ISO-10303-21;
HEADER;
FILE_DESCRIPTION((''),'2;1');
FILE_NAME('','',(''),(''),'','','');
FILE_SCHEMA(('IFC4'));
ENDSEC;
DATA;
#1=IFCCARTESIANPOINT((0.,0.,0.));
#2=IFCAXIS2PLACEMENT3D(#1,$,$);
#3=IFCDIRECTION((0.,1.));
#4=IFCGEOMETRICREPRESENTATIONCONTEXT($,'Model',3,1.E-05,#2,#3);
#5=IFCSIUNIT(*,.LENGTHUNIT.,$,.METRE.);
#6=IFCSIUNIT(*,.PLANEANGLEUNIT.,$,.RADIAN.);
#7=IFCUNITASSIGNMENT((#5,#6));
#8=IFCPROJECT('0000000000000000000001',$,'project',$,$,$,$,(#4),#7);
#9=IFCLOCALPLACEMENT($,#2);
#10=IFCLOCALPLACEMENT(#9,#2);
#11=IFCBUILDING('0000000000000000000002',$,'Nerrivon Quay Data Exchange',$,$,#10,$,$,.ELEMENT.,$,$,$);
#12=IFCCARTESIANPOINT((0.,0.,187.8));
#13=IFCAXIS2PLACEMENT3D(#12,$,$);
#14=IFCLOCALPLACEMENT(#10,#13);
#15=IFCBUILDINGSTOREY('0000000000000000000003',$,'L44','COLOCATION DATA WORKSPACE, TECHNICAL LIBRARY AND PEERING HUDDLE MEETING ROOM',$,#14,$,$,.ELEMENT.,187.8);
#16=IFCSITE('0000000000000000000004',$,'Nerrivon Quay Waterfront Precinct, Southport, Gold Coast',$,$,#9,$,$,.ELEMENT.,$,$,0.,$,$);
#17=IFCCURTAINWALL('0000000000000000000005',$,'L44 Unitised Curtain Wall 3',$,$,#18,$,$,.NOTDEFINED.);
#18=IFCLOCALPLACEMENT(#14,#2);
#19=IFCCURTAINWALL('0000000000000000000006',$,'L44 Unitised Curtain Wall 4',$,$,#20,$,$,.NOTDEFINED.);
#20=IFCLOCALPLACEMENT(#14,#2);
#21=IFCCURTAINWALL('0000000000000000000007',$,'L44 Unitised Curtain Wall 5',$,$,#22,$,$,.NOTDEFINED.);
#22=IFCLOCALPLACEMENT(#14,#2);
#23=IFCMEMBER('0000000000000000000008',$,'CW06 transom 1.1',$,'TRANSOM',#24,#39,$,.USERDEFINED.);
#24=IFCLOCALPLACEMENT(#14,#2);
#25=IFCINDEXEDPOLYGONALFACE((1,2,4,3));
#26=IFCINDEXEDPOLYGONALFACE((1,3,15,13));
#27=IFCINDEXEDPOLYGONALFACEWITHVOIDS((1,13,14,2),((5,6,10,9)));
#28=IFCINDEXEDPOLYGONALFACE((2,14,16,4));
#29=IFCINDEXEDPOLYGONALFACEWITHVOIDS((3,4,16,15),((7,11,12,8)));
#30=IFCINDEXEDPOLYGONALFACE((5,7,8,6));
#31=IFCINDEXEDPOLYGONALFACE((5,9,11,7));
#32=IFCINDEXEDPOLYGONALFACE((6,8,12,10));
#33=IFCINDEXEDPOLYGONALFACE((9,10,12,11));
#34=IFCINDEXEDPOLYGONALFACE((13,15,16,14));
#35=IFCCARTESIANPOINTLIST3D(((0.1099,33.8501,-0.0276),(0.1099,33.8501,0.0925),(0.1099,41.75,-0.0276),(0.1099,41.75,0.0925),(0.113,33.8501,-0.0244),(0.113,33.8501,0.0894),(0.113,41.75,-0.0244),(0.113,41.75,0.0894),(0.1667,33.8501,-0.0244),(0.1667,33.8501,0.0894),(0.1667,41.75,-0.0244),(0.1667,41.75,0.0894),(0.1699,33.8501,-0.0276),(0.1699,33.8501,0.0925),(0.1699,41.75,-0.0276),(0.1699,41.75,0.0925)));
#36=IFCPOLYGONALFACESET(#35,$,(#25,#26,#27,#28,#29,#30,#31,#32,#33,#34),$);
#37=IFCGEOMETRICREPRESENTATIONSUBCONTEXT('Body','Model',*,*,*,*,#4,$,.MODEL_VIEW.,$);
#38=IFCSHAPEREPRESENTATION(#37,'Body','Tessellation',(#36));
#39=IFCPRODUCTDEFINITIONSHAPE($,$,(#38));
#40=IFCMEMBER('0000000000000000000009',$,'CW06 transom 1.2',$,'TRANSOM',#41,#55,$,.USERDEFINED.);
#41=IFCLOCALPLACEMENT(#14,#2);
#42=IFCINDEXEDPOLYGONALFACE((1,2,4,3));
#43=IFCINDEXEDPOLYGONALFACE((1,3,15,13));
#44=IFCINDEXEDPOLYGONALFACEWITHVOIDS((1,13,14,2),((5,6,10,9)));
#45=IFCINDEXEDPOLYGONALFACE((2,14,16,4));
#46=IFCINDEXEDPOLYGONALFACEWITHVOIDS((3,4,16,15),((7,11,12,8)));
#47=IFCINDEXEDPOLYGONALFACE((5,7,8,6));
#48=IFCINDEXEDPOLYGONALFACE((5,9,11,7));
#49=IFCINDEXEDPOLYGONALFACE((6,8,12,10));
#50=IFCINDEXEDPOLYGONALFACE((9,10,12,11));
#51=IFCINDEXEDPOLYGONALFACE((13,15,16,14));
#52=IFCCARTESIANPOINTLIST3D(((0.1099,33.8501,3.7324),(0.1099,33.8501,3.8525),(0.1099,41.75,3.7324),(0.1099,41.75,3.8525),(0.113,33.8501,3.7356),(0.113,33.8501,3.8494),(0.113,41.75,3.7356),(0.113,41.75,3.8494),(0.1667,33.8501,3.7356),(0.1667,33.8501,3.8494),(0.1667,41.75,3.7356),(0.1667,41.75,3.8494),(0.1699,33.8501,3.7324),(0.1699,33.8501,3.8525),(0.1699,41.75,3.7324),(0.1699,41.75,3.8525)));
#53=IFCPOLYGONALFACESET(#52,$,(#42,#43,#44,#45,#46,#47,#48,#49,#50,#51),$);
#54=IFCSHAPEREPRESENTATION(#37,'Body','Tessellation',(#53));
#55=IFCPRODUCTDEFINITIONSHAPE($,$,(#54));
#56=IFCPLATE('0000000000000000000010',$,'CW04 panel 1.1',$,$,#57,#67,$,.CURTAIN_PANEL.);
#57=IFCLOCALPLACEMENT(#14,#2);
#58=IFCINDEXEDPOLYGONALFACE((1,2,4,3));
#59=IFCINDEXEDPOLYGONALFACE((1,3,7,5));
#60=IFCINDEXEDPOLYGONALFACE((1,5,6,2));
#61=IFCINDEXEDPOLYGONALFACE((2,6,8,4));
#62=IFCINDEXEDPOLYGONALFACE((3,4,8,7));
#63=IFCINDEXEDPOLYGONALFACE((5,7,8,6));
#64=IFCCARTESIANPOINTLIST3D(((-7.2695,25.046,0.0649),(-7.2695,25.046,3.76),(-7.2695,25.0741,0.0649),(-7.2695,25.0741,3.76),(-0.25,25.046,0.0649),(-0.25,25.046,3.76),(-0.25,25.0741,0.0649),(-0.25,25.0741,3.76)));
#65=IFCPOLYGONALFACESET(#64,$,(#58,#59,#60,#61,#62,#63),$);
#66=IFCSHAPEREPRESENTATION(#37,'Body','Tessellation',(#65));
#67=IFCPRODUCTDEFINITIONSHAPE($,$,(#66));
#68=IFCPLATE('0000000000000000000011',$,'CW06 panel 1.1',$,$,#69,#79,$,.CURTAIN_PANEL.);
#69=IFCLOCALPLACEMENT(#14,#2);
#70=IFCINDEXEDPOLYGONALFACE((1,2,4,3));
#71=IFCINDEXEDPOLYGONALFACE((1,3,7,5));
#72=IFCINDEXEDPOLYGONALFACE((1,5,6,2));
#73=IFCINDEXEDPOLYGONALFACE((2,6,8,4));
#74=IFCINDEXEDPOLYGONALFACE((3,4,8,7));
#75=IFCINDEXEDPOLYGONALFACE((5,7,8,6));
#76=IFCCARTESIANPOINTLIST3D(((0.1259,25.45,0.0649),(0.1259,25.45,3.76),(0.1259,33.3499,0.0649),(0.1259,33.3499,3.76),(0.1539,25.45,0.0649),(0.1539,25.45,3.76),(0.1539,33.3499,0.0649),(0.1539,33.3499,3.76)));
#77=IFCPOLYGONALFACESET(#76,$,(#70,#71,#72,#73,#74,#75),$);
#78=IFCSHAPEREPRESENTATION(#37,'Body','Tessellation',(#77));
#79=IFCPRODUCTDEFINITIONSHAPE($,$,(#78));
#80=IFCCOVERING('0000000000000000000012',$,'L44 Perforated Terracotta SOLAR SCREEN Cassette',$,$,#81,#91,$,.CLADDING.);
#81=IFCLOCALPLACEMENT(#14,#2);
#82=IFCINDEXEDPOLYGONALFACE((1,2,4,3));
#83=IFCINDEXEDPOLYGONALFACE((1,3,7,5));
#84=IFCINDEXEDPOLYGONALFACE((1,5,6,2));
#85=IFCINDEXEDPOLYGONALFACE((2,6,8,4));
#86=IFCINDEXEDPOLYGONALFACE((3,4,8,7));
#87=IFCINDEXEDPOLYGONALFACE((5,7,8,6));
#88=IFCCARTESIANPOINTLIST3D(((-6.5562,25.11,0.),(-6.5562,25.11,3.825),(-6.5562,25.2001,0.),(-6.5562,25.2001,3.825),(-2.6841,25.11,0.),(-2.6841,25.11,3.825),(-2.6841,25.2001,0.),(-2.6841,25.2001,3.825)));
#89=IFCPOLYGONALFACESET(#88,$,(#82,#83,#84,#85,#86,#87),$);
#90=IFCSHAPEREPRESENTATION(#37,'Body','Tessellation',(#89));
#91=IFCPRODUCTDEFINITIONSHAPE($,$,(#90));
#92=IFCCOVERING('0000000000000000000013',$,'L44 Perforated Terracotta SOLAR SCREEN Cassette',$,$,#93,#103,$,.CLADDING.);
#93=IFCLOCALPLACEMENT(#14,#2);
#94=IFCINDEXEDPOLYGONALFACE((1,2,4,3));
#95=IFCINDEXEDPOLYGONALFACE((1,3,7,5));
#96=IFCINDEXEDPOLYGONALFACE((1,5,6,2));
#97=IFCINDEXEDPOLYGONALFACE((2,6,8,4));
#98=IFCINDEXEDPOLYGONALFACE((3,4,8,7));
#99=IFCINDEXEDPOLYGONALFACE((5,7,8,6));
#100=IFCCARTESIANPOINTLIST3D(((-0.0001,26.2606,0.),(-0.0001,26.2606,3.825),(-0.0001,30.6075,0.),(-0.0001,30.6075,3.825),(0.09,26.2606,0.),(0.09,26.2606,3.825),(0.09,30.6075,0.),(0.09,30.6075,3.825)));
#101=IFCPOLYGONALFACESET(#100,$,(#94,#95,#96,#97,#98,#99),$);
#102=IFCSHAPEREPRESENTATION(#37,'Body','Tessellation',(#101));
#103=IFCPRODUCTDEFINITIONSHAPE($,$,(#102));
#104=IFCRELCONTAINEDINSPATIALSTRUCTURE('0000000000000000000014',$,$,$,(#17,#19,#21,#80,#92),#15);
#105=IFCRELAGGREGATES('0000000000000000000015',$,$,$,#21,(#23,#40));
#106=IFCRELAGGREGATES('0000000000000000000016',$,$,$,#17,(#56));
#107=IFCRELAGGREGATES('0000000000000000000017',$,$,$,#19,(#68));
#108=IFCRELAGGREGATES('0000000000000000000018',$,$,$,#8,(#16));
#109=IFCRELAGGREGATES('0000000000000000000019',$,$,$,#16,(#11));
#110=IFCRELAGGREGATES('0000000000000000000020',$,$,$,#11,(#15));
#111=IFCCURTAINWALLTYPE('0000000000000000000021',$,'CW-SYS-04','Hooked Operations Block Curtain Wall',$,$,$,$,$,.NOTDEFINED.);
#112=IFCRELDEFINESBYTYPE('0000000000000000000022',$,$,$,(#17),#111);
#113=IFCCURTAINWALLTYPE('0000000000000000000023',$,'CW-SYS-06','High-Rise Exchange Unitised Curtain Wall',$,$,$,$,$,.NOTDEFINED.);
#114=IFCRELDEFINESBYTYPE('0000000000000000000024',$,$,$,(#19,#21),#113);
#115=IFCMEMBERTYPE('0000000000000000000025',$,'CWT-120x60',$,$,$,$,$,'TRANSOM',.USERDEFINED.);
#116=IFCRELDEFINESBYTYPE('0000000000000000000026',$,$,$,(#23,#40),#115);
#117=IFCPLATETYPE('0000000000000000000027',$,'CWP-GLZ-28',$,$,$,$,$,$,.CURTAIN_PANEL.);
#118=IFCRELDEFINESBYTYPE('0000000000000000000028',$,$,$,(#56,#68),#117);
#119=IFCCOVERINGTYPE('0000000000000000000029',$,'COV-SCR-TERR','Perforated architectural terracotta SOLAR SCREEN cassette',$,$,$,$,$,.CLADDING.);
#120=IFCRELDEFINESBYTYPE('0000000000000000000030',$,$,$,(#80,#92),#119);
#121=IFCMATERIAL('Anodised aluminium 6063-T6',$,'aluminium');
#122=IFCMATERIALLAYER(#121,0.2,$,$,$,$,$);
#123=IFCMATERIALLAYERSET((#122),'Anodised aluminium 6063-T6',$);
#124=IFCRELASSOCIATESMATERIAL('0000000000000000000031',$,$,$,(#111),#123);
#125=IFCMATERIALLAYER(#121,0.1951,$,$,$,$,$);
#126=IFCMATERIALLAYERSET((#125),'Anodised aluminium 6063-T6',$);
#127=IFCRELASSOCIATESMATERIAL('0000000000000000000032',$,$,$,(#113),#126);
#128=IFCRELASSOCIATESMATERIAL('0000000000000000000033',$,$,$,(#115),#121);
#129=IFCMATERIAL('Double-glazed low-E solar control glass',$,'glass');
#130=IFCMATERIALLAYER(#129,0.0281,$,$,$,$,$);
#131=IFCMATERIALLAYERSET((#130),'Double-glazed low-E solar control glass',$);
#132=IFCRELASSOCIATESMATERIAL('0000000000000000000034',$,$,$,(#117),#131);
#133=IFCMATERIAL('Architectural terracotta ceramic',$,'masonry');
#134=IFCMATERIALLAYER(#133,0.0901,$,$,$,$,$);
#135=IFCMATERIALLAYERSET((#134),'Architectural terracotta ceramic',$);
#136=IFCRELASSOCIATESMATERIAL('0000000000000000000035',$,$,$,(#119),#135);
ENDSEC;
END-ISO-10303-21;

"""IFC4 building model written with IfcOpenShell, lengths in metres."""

from ifc_helpers import new_model, si_unit, direction, frame, origin, origin_2d, place, context, subcontext, project, spatial, rectangle, hollow_rectangle, extrude, material, layer, layer_set, material_profile, profile_set, type_object, element, aggregate, save


model = new_model("IFC4")

# Units and contexts
model_context = context("Model", 3, precision=1e-05, world=origin(), true_north=direction((0.0, 1.0)))
body_context = subcontext(model_context, "Body", "Model", "MODEL_VIEW")
ifc_project = project(units=[si_unit("LENGTHUNIT", "METRE"), si_unit("PLANEANGLEUNIT", "RADIAN")], contexts=[model_context])

# Site, building, storey
site_placement = place(None, origin())
site = spatial("IfcSite", under=ifc_project, at=site_placement, Name="Nerrivon Quay Waterfront Precinct, Southport, Gold Coast", CompositionType="ELEMENT", RefElevation=0.0)
building_placement = place(site_placement, origin())
building = spatial("IfcBuilding", under=site, at=building_placement, Name="Nerrivon Quay Data Exchange", CompositionType="ELEMENT")
storey_placement = place(building_placement, frame((0.0, 0.0, 187.8)))
storey = spatial("IfcBuildingStorey", under=building, at=storey_placement, Name="L44", Description="COLOCATION DATA WORKSPACE, TECHNICAL LIBRARY AND PEERING HUDDLE MEETING ROOM", CompositionType="ELEMENT", Elevation=187.8)

# Curtain wall
ifc_material_1 = material(Name="Anodised aluminium 6063-T6", Category="aluminium")
ifc_layer_1 = layer(ifc_material_1, 0.2)
ifc_layer_set_1 = layer_set([ifc_layer_1], Name="Anodised aluminium 6063-T6")
curtain_wall_type_1 = type_object("IfcCurtainWallType", Name="CW-SYS-04", Description="Hooked Operations Block Curtain Wall", PredefinedType="NOTDEFINED", material=ifc_layer_set_1)
curtain_wall_1_placement = place(storey_placement, origin())
curtain_wall_1 = element("IfcCurtainWall", 1, at=curtain_wall_1_placement, inside=storey, type_object=curtain_wall_type_1, Name="L44 Unitised Curtain Wall 3", PredefinedType="NOTDEFINED")

# Curtain wall
ifc_layer_2 = layer(ifc_material_1, 0.1951)
ifc_layer_set_2 = layer_set([ifc_layer_2], Name="Anodised aluminium 6063-T6")
curtain_wall_type_2 = type_object("IfcCurtainWallType", Name="CW-SYS-06", Description="High-Rise Exchange Unitised Curtain Wall", PredefinedType="NOTDEFINED", material=ifc_layer_set_2)
curtain_wall_2_placement = place(storey_placement, origin())
curtain_wall_2 = element("IfcCurtainWall", 2, at=curtain_wall_2_placement, inside=storey, type_object=curtain_wall_type_2, Name="L44 Unitised Curtain Wall 4", PredefinedType="NOTDEFINED")

# Curtain wall
curtain_wall_3_placement = place(storey_placement, origin())
curtain_wall_3 = element("IfcCurtainWall", 3, at=curtain_wall_3_placement, inside=storey, type_object=curtain_wall_type_2, Name="L44 Unitised Curtain Wall 5", PredefinedType="NOTDEFINED")

# Members
ifc_material_profile_1 = material_profile(ifc_material_1, hollow_rectangle(XDim=0.0601, YDim=0.1201, WallThickness=0.0032, at=origin_2d()), Name="ALU-TRAN-120x60")
ifc_profile_set_1 = profile_set([ifc_material_profile_1], Name="Anodised aluminium 6063-T6")
member_type_1 = type_object("IfcMemberType", Name="CWT-120x60", ElementType="TRANSOM", PredefinedType="USERDEFINED", material=ifc_profile_set_1)
member_1_placement = place(storey_placement, frame((0.1399, 33.8501, 0.0325), z_axis=(0.0, 1.0, 0.0), x_axis=(-1.0, 0.0, 0.0)))
member_1 = element("IfcMember", 4, at=member_1_placement, type_object=member_type_1, Name="CW06 transom 1.1", ObjectType="TRANSOM", PredefinedType="USERDEFINED", context=body_context, shape_type="SweptSolid", body=[
    extrude(hollow_rectangle(XDim=0.0601, YDim=0.1201, WallThickness=0.0032, at=origin_2d()), origin(), (0.0, 0.0, 1.0), 7.8999),
])
member_2_placement = place(storey_placement, frame((0.1399, 33.8501, 3.7925), z_axis=(0.0, 1.0, 0.0), x_axis=(-1.0, 0.0, 0.0)))
member_2 = element("IfcMember", 5, at=member_2_placement, type_object=member_type_1, Name="CW06 transom 1.2", ObjectType="TRANSOM", PredefinedType="USERDEFINED", context=body_context, shape_type="SweptSolid", body=[
    extrude(hollow_rectangle(XDim=0.0601, YDim=0.1201, WallThickness=0.0032, at=origin_2d()), origin(), (0.0, 0.0, 1.0), 7.8999),
])
aggregate(curtain_wall_3, [member_1, member_2])

# Plates
ifc_material_2 = material(Name="Double-glazed low-E solar control glass", Category="glass")
ifc_layer_3 = layer(ifc_material_2, 0.0281)
ifc_layer_set_3 = layer_set([ifc_layer_3], Name="Double-glazed low-E solar control glass")
plate_type = type_object("IfcPlateType", Name="CWP-GLZ-28", PredefinedType="CURTAIN_PANEL", material=ifc_layer_set_3)
plate_1_placement = place(storey_placement, frame((-3.7598, 25.0601, 0.0649), z_axis=(0.0, 0.0, 1.0), x_axis=(1.0, 0.0, 0.0)))
plate_1 = element("IfcPlate", 6, at=plate_1_placement, type_object=plate_type, Name="CW04 panel 1.1", PredefinedType="CURTAIN_PANEL", context=body_context, shape_type="SweptSolid", body=[
    extrude(rectangle(XDim=7.0195, YDim=0.0281, at=origin_2d()), origin(), (0.0, 0.0, 1.0), 3.6951),
])
aggregate(curtain_wall_1, [plate_1])
plate_2_placement = place(storey_placement, frame((0.1399, 29.3999, 0.0649), z_axis=(0.0, 0.0, 1.0), x_axis=(0.0, 1.0, 0.0)))
plate_2 = element("IfcPlate", 7, at=plate_2_placement, type_object=plate_type, Name="CW06 panel 1.1", PredefinedType="CURTAIN_PANEL", context=body_context, shape_type="SweptSolid", body=[
    extrude(rectangle(XDim=7.8999, YDim=0.0281, at=origin_2d()), origin(), (0.0, 0.0, 1.0), 3.6951),
])
aggregate(curtain_wall_2, [plate_2])

# Coverings
ifc_material_3 = material(Name="Architectural terracotta ceramic", Category="masonry")
ifc_layer_4 = layer(ifc_material_3, 0.0901)
ifc_layer_set_4 = layer_set([ifc_layer_4], Name="Architectural terracotta ceramic")
covering_type = type_object("IfcCoveringType", Name="COV-SCR-TERR", Description="Perforated architectural terracotta SOLAR SCREEN cassette", PredefinedType="CLADDING", material=ifc_layer_set_4)
covering_1_placement = place(storey_placement, frame((-4.6201, 25.155, 0.0), z_axis=(0.0, 0.0, 1.0), x_axis=(1.0, 0.0, 0.0)))
element("IfcCovering", 8, at=covering_1_placement, inside=storey, type_object=covering_type, Name="L44 Perforated Terracotta SOLAR SCREEN Cassette", PredefinedType="CLADDING", context=body_context, shape_type="SweptSolid", body=[
    extrude(rectangle(XDim=3.8721, YDim=0.0901, at=origin_2d()), origin(), (0.0, 0.0, 1.0), 3.825),
])
covering_2_placement = place(storey_placement, frame((0.0449, 28.4341, 0.0), z_axis=(0.0, 0.0, 1.0), x_axis=(0.0, 1.0, 0.0)))
element("IfcCovering", 9, at=covering_2_placement, inside=storey, type_object=covering_type, Name="L44 Perforated Terracotta SOLAR SCREEN Cassette", PredefinedType="CLADDING", context=body_context, shape_type="SweptSolid", body=[
    extrude(rectangle(XDim=4.3469, YDim=0.0901, at=origin_2d()), origin(), (0.0, 0.0, 1.0), 3.825),
])

save(model, "model.ifc")
